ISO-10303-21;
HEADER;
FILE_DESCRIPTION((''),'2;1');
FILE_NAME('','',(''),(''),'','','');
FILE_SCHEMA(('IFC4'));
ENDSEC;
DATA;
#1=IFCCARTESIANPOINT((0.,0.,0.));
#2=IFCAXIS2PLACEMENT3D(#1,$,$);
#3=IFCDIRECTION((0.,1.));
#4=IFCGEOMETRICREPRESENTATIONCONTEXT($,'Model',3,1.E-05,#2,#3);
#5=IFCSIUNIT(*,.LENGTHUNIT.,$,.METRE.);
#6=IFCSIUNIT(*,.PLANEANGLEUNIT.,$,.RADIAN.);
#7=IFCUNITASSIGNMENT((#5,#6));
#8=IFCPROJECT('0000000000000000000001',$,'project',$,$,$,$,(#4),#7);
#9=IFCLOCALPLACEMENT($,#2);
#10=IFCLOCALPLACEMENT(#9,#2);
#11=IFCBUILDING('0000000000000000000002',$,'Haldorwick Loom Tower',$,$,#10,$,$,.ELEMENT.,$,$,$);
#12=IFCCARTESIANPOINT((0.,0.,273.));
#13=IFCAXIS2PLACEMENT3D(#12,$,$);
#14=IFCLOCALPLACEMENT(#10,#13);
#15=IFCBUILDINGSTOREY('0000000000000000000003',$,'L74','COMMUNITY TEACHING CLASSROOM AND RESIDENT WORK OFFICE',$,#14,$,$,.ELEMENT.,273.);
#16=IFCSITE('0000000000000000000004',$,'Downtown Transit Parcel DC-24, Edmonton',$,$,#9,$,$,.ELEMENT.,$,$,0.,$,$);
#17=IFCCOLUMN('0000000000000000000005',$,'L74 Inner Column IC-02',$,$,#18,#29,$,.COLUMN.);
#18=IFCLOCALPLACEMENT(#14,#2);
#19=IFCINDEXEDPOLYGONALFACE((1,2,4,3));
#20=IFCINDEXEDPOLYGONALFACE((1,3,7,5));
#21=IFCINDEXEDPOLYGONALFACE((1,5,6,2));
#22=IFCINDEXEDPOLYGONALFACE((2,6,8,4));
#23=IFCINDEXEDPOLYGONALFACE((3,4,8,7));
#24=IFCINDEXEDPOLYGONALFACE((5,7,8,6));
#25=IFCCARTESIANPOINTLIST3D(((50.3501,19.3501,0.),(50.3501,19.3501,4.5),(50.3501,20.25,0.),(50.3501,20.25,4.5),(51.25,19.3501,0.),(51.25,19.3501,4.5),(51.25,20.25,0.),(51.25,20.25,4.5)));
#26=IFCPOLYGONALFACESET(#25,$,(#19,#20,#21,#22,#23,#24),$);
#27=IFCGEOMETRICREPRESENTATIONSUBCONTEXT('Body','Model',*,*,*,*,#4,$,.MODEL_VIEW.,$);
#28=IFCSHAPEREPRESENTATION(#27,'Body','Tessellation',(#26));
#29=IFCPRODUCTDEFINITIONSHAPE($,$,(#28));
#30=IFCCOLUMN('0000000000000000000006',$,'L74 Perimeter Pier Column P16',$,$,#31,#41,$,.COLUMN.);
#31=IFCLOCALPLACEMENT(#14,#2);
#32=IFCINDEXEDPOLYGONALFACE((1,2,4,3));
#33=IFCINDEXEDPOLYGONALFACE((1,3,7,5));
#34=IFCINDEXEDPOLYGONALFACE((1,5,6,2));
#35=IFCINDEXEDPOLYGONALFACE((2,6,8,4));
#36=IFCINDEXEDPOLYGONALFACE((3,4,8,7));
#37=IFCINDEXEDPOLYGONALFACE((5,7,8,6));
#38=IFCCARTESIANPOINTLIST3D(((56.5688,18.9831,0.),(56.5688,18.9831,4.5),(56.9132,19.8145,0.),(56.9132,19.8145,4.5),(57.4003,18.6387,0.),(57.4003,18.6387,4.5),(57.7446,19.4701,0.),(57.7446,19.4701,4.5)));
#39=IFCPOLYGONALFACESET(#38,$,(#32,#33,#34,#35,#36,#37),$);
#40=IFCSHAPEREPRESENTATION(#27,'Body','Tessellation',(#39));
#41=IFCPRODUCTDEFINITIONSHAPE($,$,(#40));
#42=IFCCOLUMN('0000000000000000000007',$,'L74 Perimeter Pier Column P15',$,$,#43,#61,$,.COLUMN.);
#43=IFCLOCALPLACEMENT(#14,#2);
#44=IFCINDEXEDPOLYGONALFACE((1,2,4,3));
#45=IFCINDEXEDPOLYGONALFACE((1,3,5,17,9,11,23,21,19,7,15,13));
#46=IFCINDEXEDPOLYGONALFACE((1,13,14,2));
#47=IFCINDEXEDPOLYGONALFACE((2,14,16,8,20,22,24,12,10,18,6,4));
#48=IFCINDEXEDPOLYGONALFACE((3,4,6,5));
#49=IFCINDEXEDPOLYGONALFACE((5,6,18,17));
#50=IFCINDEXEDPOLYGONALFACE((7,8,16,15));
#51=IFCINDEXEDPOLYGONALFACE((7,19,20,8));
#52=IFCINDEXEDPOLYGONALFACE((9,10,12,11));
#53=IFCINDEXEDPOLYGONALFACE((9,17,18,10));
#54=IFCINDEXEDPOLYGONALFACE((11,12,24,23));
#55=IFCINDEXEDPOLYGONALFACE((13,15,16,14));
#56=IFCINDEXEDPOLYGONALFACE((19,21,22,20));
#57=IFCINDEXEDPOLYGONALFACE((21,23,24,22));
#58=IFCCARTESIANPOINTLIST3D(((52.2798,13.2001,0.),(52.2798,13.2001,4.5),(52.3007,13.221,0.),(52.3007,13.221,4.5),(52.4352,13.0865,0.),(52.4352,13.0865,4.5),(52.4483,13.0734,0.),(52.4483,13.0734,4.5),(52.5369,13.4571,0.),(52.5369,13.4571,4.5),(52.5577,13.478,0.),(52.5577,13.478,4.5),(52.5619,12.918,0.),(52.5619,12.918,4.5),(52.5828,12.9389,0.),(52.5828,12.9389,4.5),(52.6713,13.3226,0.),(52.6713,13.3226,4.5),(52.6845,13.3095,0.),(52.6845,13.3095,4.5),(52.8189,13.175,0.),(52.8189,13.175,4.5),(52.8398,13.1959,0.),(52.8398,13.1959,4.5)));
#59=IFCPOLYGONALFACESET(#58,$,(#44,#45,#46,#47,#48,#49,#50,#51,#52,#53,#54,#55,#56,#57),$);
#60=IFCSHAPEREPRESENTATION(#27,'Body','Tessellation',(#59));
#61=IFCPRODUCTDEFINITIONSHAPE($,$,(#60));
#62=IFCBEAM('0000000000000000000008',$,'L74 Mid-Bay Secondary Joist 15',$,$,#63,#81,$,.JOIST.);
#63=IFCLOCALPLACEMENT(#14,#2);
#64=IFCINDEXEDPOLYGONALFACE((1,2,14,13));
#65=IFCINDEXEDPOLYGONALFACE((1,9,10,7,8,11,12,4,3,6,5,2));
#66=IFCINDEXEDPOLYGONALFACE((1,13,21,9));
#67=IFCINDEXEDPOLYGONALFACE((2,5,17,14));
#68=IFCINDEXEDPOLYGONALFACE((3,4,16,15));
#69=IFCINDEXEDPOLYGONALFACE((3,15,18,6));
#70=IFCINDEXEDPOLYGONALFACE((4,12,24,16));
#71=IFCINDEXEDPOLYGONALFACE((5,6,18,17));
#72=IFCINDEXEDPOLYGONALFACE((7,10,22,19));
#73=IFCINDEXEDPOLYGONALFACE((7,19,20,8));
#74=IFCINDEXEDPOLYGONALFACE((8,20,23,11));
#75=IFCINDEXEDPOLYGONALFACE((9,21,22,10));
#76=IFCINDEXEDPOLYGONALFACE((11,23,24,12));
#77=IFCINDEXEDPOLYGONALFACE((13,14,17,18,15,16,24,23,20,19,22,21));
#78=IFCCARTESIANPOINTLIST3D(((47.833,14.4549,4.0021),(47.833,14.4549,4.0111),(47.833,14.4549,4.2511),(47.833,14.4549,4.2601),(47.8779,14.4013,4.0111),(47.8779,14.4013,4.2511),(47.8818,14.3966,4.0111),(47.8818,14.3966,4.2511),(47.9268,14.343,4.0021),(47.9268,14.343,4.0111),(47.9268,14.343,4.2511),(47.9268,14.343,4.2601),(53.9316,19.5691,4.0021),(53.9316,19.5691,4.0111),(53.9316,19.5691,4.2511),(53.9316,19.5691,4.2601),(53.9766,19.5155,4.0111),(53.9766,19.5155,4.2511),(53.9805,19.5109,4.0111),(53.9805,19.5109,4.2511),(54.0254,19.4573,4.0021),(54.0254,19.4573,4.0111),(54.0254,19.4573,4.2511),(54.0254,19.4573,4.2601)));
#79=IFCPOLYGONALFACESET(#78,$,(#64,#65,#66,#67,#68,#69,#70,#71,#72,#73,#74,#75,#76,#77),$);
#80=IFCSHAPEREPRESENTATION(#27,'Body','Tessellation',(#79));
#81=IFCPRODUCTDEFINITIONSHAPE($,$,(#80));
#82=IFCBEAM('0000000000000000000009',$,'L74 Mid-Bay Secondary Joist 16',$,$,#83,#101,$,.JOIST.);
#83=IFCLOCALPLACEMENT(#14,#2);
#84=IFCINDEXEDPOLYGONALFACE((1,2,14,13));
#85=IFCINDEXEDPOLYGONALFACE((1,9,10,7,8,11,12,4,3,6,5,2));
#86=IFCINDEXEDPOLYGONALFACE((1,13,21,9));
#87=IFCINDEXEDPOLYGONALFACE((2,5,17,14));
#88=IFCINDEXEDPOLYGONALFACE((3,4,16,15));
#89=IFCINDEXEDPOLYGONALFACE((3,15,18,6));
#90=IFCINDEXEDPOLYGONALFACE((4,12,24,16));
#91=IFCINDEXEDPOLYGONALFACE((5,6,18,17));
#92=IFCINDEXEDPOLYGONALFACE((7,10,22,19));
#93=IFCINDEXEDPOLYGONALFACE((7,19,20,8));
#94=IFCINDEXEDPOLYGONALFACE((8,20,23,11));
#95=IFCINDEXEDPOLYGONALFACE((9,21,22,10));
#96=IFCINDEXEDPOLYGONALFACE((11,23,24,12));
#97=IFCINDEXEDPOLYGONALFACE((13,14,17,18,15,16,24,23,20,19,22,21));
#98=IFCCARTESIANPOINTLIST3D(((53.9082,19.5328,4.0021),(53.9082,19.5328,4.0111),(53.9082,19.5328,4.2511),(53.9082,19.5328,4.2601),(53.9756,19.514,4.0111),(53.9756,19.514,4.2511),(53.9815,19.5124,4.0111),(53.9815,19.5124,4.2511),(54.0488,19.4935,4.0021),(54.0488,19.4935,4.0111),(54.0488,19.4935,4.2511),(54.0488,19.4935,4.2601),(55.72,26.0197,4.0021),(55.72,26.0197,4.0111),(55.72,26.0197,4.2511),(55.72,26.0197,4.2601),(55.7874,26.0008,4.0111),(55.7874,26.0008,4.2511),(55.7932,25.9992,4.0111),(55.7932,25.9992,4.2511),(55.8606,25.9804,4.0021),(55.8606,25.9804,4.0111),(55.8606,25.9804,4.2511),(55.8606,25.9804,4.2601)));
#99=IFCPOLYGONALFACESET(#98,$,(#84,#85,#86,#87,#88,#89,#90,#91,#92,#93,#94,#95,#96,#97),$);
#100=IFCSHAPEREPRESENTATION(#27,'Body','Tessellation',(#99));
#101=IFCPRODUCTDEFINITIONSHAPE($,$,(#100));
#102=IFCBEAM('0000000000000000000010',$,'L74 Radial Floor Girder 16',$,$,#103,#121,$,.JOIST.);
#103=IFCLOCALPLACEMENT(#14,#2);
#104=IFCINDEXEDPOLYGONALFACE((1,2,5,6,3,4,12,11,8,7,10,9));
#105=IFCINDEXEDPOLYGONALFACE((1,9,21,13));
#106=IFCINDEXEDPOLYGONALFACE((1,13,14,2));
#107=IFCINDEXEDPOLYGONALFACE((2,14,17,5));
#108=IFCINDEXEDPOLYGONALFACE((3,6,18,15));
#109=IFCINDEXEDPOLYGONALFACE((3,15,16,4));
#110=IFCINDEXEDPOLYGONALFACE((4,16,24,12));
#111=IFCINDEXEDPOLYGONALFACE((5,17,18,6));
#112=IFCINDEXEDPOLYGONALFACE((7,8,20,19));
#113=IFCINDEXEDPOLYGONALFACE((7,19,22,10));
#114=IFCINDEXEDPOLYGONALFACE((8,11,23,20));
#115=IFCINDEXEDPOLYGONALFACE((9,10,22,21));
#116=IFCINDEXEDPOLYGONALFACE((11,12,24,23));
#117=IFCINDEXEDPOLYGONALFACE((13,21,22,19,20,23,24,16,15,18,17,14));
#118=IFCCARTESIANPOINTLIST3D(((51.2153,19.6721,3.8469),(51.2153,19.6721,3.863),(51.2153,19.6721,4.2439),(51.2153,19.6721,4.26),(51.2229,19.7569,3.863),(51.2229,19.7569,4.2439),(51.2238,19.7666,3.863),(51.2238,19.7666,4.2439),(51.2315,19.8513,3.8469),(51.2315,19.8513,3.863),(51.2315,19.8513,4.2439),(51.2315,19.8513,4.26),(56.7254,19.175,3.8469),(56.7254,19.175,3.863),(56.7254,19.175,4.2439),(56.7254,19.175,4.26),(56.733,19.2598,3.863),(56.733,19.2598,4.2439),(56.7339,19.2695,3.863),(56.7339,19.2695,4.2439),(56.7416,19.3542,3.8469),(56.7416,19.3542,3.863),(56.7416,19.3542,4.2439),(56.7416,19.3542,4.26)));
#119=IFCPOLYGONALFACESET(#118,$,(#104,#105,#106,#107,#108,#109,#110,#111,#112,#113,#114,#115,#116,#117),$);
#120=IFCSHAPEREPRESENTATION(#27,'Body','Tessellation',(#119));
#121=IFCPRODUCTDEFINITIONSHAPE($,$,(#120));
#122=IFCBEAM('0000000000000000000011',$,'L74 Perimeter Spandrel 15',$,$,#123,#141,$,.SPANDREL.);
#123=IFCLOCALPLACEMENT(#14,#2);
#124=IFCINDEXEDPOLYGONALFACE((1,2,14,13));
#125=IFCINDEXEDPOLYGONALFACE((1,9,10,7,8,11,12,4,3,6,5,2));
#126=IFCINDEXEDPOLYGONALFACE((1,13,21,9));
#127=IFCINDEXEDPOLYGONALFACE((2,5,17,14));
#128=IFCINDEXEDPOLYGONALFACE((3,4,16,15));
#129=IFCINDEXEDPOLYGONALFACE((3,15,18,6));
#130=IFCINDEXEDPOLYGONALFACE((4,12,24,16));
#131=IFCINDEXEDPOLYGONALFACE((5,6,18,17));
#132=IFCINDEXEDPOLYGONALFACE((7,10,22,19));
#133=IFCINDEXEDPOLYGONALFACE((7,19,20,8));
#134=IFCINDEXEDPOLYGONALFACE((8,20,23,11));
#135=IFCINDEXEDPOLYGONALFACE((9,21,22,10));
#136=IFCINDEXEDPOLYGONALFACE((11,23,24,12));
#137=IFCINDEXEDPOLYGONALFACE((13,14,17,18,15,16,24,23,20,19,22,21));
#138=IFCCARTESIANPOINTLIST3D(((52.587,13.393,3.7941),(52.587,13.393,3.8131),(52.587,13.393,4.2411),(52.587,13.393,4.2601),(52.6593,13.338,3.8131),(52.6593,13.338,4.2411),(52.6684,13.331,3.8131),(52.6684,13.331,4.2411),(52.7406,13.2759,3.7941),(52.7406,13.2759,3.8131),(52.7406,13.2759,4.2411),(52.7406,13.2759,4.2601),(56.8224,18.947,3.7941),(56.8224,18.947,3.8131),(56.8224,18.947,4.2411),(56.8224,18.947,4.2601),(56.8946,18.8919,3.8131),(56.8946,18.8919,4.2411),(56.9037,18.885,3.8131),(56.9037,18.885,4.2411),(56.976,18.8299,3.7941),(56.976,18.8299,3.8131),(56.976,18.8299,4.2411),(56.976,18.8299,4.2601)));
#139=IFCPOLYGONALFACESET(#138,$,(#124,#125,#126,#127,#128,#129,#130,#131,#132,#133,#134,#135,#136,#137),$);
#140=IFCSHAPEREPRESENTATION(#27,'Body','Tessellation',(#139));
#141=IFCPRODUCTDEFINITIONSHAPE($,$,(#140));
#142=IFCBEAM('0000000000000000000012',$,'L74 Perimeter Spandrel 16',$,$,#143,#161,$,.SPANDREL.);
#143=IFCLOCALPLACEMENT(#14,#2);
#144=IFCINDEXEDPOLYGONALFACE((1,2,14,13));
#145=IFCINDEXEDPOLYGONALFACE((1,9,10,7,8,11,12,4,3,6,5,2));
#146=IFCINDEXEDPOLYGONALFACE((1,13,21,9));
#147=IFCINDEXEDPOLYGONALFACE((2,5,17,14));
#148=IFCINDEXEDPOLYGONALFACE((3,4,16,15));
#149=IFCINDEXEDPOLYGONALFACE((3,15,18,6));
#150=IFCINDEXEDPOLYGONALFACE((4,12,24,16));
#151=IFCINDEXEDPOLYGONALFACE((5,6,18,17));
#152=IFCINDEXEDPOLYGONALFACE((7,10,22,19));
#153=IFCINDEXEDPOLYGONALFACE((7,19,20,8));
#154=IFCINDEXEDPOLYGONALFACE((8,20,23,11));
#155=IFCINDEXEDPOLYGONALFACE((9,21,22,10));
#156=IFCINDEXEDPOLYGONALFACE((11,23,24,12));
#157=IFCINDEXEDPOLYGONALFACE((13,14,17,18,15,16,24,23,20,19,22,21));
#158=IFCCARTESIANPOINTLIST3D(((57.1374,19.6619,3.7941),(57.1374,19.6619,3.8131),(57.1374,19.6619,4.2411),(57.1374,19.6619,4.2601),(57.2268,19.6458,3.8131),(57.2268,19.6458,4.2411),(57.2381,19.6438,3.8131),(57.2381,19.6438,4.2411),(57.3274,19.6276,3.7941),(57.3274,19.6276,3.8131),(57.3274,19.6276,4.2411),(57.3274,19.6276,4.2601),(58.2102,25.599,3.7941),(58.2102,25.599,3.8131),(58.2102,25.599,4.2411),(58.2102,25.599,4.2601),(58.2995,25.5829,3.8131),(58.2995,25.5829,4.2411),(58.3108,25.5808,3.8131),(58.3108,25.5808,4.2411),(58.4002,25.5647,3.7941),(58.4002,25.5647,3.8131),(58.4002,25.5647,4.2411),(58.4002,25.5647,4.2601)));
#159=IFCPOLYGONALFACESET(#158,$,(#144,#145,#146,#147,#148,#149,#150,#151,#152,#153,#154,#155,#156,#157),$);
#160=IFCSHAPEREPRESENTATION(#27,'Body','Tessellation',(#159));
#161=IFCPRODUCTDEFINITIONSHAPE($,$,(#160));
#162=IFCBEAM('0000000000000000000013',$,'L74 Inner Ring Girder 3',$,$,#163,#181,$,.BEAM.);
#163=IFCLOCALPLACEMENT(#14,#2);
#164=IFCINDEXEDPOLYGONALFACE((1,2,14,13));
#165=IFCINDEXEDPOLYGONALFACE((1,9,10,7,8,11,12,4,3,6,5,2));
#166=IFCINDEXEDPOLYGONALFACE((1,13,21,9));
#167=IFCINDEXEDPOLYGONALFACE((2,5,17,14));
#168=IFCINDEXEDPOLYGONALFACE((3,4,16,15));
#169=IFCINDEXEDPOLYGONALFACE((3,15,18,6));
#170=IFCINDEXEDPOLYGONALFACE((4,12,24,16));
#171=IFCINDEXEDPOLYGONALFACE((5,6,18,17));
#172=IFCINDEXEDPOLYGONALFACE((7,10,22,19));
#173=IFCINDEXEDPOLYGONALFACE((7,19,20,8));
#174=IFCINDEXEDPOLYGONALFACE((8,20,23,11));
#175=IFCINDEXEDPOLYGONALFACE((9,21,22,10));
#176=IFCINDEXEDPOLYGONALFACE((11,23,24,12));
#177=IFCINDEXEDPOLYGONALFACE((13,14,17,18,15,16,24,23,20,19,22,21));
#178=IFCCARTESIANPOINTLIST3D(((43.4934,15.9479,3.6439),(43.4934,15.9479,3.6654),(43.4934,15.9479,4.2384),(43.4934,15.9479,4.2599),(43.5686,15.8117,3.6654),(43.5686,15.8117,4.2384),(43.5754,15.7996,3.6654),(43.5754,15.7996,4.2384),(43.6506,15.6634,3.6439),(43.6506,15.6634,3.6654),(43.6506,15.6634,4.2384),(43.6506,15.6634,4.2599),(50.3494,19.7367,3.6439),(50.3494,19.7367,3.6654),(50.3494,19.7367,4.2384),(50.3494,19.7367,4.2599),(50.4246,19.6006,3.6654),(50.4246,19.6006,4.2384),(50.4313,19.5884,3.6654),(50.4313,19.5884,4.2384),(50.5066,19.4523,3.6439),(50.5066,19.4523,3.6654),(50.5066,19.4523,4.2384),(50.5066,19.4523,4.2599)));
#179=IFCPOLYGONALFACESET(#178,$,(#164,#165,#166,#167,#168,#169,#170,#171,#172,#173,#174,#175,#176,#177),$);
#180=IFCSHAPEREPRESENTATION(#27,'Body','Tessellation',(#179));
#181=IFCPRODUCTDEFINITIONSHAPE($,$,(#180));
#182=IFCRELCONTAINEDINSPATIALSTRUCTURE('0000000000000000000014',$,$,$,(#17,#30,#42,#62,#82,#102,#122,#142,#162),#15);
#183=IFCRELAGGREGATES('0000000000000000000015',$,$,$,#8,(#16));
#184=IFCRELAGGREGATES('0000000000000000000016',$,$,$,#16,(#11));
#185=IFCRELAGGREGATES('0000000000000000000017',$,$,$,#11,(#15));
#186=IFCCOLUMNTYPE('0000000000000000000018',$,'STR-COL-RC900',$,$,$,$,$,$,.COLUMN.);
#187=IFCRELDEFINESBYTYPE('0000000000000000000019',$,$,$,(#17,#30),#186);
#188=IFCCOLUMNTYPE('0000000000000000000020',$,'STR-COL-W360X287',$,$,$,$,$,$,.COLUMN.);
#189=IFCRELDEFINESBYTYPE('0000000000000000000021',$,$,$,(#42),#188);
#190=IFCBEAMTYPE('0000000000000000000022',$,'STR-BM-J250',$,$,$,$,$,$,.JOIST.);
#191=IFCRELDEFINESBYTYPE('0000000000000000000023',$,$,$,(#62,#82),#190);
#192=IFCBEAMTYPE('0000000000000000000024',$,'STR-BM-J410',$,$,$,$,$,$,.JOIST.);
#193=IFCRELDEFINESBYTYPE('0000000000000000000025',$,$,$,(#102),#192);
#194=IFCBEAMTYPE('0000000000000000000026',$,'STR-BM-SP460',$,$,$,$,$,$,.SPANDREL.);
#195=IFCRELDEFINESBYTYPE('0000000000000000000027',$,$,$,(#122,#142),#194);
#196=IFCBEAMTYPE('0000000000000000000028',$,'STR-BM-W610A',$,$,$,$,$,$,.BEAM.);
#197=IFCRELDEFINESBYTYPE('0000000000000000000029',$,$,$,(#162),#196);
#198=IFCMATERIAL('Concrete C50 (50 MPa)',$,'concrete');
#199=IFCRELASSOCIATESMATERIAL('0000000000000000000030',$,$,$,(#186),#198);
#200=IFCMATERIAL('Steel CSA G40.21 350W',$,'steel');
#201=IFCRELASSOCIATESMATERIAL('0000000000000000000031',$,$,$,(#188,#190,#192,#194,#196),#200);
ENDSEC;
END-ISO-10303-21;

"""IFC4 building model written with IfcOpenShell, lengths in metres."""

from ifc_helpers import new_model, si_unit, direction, frame, origin, origin_2d, place, context, subcontext, project, spatial, rectangle, i_section, extrude, material, material_profile, profile_set, type_object, element, save


model = new_model("IFC4")

# Units and contexts
model_context = context("Model", 3, precision=1e-05, world=origin(), true_north=direction((0.0, 1.0)))
body_context = subcontext(model_context, "Body", "Model", "MODEL_VIEW")
ifc_project = project(units=[si_unit("LENGTHUNIT", "METRE"), si_unit("PLANEANGLEUNIT", "RADIAN")], contexts=[model_context])

# Site, building, storey
site_placement = place(None, origin())
site = spatial("IfcSite", under=ifc_project, at=site_placement, Name="Downtown Transit Parcel DC-24, Edmonton", CompositionType="ELEMENT", RefElevation=0.0)
building_placement = place(site_placement, origin())
building = spatial("IfcBuilding", under=site, at=building_placement, Name="Haldorwick Loom Tower", CompositionType="ELEMENT")
storey_placement = place(building_placement, frame((0.0, 0.0, 273.0)))
storey = spatial("IfcBuildingStorey", under=building, at=storey_placement, Name="L74", Description="COMMUNITY TEACHING CLASSROOM AND RESIDENT WORK OFFICE", CompositionType="ELEMENT", Elevation=273.0)

# Columns
ifc_material_1 = material(Name="Concrete C50 (50 MPa)", Category="concrete")
ifc_material_profile_1 = material_profile(ifc_material_1, rectangle(XDim=0.8999, YDim=0.8999, at=origin_2d()), Name="RC900X900", Category="concrete")
ifc_profile_set_1 = profile_set([ifc_material_profile_1], Name="Concrete C50 (50 MPa)")
column_type_1 = type_object("IfcColumnType", Name="STR-COL-RC900", PredefinedType="COLUMN", material=ifc_profile_set_1)
for number, where, z_axis, x_axis, name in (
    (1, (50.8, 19.8, 0.0), (0.0, 0.0, 1.0), (1.0, 0.0, 0.0), "L74 Inner Column IC-02"),
    (2, (57.1567, 19.2266, 0.0), (0.0, 0.0, 1.0), (0.92388, -0.382683, 0.0), "L74 Perimeter Pier Column P16"),
):
    element("IfcColumn", number, at=place(storey_placement, frame(where, z_axis=z_axis, x_axis=x_axis)), inside=storey, type_object=column_type_1, Name=name, PredefinedType="COLUMN", context=body_context, shape_type="SweptSolid", body=[
        extrude(rectangle(XDim=0.8999, YDim=0.8999, at=origin_2d()), origin(), (0.0, 0.0, 1.0), 4.5),
    ])
ifc_material_2 = material(Name="Steel CSA G40.21 350W", Category="steel")
ifc_material_profile_2 = material_profile(ifc_material_2, i_section(OverallWidth=0.3989, OverallDepth=0.3931, WebThickness=0.0186, FlangeThickness=0.0295, at=origin_2d()), Name="W360X287", Category="steel")
ifc_profile_set_2 = profile_set([ifc_material_profile_2], Name="Steel CSA G40.21 350W")
column_type_2 = type_object("IfcColumnType", Name="STR-COL-W360X287", PredefinedType="COLUMN", material=ifc_profile_set_2)
column_placement = place(storey_placement, frame((52.5598, 13.198, 0.0), z_axis=(0.0, 0.0, 1.0), x_axis=(0.707107, -0.707107, 0.0)))
element("IfcColumn", 3, at=column_placement, inside=storey, type_object=column_type_2, Name="L74 Perimeter Pier Column P15", PredefinedType="COLUMN", context=body_context, shape_type="SweptSolid", body=[
    extrude(i_section(OverallWidth=0.3989, OverallDepth=0.3931, WebThickness=0.0186, FlangeThickness=0.0295, at=origin_2d()), origin(), (0.0, 0.0, 1.0), 4.5),
])

# Beams
ifc_material_profile_3 = material_profile(ifc_material_2, i_section(OverallWidth=0.146, OverallDepth=0.2581, WebThickness=0.0061, FlangeThickness=0.009, at=origin_2d()), Name="W250X33", Category="steel")
ifc_profile_set_3 = profile_set([ifc_material_profile_3], Name="Steel CSA G40.21 350W")
beam_type_1 = type_object("IfcBeamType", Name="STR-BM-J250", PredefinedType="JOIST", material=ifc_profile_set_3)
beam_1_placement = place(storey_placement, frame((47.8799, 14.3989, 4.1311), z_axis=(0.766236, 0.642559, 0.0), x_axis=(-0.642559, 0.766236, 0.0)))
element("IfcBeam", 4, at=beam_1_placement, inside=storey, type_object=beam_type_1, Name="L74 Mid-Bay Secondary Joist 15", PredefinedType="JOIST", context=body_context, shape_type="SweptSolid", body=[
    extrude(i_section(OverallWidth=0.146, OverallDepth=0.2581, WebThickness=0.0061, FlangeThickness=0.009, at=origin_2d()), origin(), (0.0, 0.0, 1.0), 7.9592),
])
beam_2_placement = place(storey_placement, frame((53.9785, 19.5132, 4.1311), z_axis=(0.269005, 0.963139, 0.0), x_axis=(-0.963139, 0.269005, 0.0)))
element("IfcBeam", 5, at=beam_2_placement, inside=storey, type_object=beam_type_1, Name="L74 Mid-Bay Secondary Joist 16", PredefinedType="JOIST", context=body_context, shape_type="SweptSolid", body=[
    extrude(i_section(OverallWidth=0.146, OverallDepth=0.2581, WebThickness=0.0061, FlangeThickness=0.009, at=origin_2d()), origin(), (0.0, 0.0, 1.0), 6.7351),
])
ifc_material_profile_4 = material_profile(ifc_material_2, i_section(OverallWidth=0.1799, OverallDepth=0.4131, WebThickness=0.0098, FlangeThickness=0.0161, at=origin_2d()), Name="W410X74", Category="steel")
ifc_profile_set_4 = profile_set([ifc_material_profile_4], Name="Steel CSA G40.21 350W")
beam_type_2 = type_object("IfcBeamType", Name="STR-BM-J410", PredefinedType="JOIST", material=ifc_profile_set_4)
beam_3_placement = place(storey_placement, frame((51.2234, 19.7617, 4.0535), z_axis=(0.995956, -0.089847, 0.0), x_axis=(0.089847, 0.995956, 0.0)))
element("IfcBeam", 6, at=beam_3_placement, inside=storey, type_object=beam_type_2, Name="L74 Radial Floor Girder 16", PredefinedType="JOIST", context=body_context, shape_type="SweptSolid", body=[
    extrude(i_section(OverallWidth=0.1799, OverallDepth=0.4131, WebThickness=0.0098, FlangeThickness=0.0161, at=origin_2d()), origin(), (0.0, 0.0, 1.0), 5.5325),
])
ifc_material_profile_5 = material_profile(ifc_material_2, i_section(OverallWidth=0.1931, OverallDepth=0.4661, WebThickness=0.0115, FlangeThickness=0.019, at=origin_2d()), Name="W460X97", Category="steel")
ifc_profile_set_5 = profile_set([ifc_material_profile_5], Name="Steel CSA G40.21 350W")
beam_type_3 = type_object("IfcBeamType", Name="STR-BM-SP460", PredefinedType="SPANDREL", material=ifc_profile_set_5)
beam_4_placement = place(storey_placement, frame((52.6638, 13.3345, 4.0271), z_axis=(0.606384, 0.795172, 0.0), x_axis=(-0.795172, 0.606384, 0.0)))
element("IfcBeam", 7, at=beam_4_placement, inside=storey, type_object=beam_type_3, Name="L74 Perimeter Spandrel 15", PredefinedType="SPANDREL", context=body_context, shape_type="SweptSolid", body=[
    extrude(i_section(OverallWidth=0.1931, OverallDepth=0.4661, WebThickness=0.0115, FlangeThickness=0.019, at=origin_2d()), origin(), (0.0, 0.0, 1.0), 6.9846),
])
beam_5_placement = place(storey_placement, frame((57.2324, 19.6448, 4.0271), z_axis=(0.17781, 0.984065, 0.0), x_axis=(-0.984065, 0.17781, 0.0)))
element("IfcBeam", 8, at=beam_5_placement, inside=storey, type_object=beam_type_3, Name="L74 Perimeter Spandrel 16", PredefinedType="SPANDREL", context=body_context, shape_type="SweptSolid", body=[
    extrude(i_section(OverallWidth=0.1931, OverallDepth=0.4661, WebThickness=0.0115, FlangeThickness=0.019, at=origin_2d()), origin(), (0.0, 0.0, 1.0), 6.0332),
])
ifc_material_profile_6 = material_profile(ifc_material_2, i_section(OverallWidth=0.325, OverallDepth=0.616, WebThickness=0.0139, FlangeThickness=0.0215, at=origin_2d()), Name="W610X174", Category="steel")
ifc_profile_set_6 = profile_set([ifc_material_profile_6], Name="Steel CSA G40.21 350W")
beam_type_4 = type_object("IfcBeamType", Name="STR-BM-W610A", PredefinedType="BEAM", material=ifc_profile_set_6)
beam_6_placement = place(storey_placement, frame((50.428, 19.5945, 3.9519), z_axis=(-0.875242, -0.483686, 0.0), x_axis=(0.483686, -0.875242, 0.0)))
element("IfcBeam", 9, at=beam_6_placement, inside=storey, type_object=beam_type_4, Name="L74 Inner Ring Girder 3", PredefinedType="BEAM", context=body_context, shape_type="SweptSolid", body=[
    extrude(i_section(OverallWidth=0.325, OverallDepth=0.616, WebThickness=0.0139, FlangeThickness=0.0215, at=origin_2d()), origin(), (0.0, 0.0, 1.0), 7.8333),
])

save(model, "model.ifc")
